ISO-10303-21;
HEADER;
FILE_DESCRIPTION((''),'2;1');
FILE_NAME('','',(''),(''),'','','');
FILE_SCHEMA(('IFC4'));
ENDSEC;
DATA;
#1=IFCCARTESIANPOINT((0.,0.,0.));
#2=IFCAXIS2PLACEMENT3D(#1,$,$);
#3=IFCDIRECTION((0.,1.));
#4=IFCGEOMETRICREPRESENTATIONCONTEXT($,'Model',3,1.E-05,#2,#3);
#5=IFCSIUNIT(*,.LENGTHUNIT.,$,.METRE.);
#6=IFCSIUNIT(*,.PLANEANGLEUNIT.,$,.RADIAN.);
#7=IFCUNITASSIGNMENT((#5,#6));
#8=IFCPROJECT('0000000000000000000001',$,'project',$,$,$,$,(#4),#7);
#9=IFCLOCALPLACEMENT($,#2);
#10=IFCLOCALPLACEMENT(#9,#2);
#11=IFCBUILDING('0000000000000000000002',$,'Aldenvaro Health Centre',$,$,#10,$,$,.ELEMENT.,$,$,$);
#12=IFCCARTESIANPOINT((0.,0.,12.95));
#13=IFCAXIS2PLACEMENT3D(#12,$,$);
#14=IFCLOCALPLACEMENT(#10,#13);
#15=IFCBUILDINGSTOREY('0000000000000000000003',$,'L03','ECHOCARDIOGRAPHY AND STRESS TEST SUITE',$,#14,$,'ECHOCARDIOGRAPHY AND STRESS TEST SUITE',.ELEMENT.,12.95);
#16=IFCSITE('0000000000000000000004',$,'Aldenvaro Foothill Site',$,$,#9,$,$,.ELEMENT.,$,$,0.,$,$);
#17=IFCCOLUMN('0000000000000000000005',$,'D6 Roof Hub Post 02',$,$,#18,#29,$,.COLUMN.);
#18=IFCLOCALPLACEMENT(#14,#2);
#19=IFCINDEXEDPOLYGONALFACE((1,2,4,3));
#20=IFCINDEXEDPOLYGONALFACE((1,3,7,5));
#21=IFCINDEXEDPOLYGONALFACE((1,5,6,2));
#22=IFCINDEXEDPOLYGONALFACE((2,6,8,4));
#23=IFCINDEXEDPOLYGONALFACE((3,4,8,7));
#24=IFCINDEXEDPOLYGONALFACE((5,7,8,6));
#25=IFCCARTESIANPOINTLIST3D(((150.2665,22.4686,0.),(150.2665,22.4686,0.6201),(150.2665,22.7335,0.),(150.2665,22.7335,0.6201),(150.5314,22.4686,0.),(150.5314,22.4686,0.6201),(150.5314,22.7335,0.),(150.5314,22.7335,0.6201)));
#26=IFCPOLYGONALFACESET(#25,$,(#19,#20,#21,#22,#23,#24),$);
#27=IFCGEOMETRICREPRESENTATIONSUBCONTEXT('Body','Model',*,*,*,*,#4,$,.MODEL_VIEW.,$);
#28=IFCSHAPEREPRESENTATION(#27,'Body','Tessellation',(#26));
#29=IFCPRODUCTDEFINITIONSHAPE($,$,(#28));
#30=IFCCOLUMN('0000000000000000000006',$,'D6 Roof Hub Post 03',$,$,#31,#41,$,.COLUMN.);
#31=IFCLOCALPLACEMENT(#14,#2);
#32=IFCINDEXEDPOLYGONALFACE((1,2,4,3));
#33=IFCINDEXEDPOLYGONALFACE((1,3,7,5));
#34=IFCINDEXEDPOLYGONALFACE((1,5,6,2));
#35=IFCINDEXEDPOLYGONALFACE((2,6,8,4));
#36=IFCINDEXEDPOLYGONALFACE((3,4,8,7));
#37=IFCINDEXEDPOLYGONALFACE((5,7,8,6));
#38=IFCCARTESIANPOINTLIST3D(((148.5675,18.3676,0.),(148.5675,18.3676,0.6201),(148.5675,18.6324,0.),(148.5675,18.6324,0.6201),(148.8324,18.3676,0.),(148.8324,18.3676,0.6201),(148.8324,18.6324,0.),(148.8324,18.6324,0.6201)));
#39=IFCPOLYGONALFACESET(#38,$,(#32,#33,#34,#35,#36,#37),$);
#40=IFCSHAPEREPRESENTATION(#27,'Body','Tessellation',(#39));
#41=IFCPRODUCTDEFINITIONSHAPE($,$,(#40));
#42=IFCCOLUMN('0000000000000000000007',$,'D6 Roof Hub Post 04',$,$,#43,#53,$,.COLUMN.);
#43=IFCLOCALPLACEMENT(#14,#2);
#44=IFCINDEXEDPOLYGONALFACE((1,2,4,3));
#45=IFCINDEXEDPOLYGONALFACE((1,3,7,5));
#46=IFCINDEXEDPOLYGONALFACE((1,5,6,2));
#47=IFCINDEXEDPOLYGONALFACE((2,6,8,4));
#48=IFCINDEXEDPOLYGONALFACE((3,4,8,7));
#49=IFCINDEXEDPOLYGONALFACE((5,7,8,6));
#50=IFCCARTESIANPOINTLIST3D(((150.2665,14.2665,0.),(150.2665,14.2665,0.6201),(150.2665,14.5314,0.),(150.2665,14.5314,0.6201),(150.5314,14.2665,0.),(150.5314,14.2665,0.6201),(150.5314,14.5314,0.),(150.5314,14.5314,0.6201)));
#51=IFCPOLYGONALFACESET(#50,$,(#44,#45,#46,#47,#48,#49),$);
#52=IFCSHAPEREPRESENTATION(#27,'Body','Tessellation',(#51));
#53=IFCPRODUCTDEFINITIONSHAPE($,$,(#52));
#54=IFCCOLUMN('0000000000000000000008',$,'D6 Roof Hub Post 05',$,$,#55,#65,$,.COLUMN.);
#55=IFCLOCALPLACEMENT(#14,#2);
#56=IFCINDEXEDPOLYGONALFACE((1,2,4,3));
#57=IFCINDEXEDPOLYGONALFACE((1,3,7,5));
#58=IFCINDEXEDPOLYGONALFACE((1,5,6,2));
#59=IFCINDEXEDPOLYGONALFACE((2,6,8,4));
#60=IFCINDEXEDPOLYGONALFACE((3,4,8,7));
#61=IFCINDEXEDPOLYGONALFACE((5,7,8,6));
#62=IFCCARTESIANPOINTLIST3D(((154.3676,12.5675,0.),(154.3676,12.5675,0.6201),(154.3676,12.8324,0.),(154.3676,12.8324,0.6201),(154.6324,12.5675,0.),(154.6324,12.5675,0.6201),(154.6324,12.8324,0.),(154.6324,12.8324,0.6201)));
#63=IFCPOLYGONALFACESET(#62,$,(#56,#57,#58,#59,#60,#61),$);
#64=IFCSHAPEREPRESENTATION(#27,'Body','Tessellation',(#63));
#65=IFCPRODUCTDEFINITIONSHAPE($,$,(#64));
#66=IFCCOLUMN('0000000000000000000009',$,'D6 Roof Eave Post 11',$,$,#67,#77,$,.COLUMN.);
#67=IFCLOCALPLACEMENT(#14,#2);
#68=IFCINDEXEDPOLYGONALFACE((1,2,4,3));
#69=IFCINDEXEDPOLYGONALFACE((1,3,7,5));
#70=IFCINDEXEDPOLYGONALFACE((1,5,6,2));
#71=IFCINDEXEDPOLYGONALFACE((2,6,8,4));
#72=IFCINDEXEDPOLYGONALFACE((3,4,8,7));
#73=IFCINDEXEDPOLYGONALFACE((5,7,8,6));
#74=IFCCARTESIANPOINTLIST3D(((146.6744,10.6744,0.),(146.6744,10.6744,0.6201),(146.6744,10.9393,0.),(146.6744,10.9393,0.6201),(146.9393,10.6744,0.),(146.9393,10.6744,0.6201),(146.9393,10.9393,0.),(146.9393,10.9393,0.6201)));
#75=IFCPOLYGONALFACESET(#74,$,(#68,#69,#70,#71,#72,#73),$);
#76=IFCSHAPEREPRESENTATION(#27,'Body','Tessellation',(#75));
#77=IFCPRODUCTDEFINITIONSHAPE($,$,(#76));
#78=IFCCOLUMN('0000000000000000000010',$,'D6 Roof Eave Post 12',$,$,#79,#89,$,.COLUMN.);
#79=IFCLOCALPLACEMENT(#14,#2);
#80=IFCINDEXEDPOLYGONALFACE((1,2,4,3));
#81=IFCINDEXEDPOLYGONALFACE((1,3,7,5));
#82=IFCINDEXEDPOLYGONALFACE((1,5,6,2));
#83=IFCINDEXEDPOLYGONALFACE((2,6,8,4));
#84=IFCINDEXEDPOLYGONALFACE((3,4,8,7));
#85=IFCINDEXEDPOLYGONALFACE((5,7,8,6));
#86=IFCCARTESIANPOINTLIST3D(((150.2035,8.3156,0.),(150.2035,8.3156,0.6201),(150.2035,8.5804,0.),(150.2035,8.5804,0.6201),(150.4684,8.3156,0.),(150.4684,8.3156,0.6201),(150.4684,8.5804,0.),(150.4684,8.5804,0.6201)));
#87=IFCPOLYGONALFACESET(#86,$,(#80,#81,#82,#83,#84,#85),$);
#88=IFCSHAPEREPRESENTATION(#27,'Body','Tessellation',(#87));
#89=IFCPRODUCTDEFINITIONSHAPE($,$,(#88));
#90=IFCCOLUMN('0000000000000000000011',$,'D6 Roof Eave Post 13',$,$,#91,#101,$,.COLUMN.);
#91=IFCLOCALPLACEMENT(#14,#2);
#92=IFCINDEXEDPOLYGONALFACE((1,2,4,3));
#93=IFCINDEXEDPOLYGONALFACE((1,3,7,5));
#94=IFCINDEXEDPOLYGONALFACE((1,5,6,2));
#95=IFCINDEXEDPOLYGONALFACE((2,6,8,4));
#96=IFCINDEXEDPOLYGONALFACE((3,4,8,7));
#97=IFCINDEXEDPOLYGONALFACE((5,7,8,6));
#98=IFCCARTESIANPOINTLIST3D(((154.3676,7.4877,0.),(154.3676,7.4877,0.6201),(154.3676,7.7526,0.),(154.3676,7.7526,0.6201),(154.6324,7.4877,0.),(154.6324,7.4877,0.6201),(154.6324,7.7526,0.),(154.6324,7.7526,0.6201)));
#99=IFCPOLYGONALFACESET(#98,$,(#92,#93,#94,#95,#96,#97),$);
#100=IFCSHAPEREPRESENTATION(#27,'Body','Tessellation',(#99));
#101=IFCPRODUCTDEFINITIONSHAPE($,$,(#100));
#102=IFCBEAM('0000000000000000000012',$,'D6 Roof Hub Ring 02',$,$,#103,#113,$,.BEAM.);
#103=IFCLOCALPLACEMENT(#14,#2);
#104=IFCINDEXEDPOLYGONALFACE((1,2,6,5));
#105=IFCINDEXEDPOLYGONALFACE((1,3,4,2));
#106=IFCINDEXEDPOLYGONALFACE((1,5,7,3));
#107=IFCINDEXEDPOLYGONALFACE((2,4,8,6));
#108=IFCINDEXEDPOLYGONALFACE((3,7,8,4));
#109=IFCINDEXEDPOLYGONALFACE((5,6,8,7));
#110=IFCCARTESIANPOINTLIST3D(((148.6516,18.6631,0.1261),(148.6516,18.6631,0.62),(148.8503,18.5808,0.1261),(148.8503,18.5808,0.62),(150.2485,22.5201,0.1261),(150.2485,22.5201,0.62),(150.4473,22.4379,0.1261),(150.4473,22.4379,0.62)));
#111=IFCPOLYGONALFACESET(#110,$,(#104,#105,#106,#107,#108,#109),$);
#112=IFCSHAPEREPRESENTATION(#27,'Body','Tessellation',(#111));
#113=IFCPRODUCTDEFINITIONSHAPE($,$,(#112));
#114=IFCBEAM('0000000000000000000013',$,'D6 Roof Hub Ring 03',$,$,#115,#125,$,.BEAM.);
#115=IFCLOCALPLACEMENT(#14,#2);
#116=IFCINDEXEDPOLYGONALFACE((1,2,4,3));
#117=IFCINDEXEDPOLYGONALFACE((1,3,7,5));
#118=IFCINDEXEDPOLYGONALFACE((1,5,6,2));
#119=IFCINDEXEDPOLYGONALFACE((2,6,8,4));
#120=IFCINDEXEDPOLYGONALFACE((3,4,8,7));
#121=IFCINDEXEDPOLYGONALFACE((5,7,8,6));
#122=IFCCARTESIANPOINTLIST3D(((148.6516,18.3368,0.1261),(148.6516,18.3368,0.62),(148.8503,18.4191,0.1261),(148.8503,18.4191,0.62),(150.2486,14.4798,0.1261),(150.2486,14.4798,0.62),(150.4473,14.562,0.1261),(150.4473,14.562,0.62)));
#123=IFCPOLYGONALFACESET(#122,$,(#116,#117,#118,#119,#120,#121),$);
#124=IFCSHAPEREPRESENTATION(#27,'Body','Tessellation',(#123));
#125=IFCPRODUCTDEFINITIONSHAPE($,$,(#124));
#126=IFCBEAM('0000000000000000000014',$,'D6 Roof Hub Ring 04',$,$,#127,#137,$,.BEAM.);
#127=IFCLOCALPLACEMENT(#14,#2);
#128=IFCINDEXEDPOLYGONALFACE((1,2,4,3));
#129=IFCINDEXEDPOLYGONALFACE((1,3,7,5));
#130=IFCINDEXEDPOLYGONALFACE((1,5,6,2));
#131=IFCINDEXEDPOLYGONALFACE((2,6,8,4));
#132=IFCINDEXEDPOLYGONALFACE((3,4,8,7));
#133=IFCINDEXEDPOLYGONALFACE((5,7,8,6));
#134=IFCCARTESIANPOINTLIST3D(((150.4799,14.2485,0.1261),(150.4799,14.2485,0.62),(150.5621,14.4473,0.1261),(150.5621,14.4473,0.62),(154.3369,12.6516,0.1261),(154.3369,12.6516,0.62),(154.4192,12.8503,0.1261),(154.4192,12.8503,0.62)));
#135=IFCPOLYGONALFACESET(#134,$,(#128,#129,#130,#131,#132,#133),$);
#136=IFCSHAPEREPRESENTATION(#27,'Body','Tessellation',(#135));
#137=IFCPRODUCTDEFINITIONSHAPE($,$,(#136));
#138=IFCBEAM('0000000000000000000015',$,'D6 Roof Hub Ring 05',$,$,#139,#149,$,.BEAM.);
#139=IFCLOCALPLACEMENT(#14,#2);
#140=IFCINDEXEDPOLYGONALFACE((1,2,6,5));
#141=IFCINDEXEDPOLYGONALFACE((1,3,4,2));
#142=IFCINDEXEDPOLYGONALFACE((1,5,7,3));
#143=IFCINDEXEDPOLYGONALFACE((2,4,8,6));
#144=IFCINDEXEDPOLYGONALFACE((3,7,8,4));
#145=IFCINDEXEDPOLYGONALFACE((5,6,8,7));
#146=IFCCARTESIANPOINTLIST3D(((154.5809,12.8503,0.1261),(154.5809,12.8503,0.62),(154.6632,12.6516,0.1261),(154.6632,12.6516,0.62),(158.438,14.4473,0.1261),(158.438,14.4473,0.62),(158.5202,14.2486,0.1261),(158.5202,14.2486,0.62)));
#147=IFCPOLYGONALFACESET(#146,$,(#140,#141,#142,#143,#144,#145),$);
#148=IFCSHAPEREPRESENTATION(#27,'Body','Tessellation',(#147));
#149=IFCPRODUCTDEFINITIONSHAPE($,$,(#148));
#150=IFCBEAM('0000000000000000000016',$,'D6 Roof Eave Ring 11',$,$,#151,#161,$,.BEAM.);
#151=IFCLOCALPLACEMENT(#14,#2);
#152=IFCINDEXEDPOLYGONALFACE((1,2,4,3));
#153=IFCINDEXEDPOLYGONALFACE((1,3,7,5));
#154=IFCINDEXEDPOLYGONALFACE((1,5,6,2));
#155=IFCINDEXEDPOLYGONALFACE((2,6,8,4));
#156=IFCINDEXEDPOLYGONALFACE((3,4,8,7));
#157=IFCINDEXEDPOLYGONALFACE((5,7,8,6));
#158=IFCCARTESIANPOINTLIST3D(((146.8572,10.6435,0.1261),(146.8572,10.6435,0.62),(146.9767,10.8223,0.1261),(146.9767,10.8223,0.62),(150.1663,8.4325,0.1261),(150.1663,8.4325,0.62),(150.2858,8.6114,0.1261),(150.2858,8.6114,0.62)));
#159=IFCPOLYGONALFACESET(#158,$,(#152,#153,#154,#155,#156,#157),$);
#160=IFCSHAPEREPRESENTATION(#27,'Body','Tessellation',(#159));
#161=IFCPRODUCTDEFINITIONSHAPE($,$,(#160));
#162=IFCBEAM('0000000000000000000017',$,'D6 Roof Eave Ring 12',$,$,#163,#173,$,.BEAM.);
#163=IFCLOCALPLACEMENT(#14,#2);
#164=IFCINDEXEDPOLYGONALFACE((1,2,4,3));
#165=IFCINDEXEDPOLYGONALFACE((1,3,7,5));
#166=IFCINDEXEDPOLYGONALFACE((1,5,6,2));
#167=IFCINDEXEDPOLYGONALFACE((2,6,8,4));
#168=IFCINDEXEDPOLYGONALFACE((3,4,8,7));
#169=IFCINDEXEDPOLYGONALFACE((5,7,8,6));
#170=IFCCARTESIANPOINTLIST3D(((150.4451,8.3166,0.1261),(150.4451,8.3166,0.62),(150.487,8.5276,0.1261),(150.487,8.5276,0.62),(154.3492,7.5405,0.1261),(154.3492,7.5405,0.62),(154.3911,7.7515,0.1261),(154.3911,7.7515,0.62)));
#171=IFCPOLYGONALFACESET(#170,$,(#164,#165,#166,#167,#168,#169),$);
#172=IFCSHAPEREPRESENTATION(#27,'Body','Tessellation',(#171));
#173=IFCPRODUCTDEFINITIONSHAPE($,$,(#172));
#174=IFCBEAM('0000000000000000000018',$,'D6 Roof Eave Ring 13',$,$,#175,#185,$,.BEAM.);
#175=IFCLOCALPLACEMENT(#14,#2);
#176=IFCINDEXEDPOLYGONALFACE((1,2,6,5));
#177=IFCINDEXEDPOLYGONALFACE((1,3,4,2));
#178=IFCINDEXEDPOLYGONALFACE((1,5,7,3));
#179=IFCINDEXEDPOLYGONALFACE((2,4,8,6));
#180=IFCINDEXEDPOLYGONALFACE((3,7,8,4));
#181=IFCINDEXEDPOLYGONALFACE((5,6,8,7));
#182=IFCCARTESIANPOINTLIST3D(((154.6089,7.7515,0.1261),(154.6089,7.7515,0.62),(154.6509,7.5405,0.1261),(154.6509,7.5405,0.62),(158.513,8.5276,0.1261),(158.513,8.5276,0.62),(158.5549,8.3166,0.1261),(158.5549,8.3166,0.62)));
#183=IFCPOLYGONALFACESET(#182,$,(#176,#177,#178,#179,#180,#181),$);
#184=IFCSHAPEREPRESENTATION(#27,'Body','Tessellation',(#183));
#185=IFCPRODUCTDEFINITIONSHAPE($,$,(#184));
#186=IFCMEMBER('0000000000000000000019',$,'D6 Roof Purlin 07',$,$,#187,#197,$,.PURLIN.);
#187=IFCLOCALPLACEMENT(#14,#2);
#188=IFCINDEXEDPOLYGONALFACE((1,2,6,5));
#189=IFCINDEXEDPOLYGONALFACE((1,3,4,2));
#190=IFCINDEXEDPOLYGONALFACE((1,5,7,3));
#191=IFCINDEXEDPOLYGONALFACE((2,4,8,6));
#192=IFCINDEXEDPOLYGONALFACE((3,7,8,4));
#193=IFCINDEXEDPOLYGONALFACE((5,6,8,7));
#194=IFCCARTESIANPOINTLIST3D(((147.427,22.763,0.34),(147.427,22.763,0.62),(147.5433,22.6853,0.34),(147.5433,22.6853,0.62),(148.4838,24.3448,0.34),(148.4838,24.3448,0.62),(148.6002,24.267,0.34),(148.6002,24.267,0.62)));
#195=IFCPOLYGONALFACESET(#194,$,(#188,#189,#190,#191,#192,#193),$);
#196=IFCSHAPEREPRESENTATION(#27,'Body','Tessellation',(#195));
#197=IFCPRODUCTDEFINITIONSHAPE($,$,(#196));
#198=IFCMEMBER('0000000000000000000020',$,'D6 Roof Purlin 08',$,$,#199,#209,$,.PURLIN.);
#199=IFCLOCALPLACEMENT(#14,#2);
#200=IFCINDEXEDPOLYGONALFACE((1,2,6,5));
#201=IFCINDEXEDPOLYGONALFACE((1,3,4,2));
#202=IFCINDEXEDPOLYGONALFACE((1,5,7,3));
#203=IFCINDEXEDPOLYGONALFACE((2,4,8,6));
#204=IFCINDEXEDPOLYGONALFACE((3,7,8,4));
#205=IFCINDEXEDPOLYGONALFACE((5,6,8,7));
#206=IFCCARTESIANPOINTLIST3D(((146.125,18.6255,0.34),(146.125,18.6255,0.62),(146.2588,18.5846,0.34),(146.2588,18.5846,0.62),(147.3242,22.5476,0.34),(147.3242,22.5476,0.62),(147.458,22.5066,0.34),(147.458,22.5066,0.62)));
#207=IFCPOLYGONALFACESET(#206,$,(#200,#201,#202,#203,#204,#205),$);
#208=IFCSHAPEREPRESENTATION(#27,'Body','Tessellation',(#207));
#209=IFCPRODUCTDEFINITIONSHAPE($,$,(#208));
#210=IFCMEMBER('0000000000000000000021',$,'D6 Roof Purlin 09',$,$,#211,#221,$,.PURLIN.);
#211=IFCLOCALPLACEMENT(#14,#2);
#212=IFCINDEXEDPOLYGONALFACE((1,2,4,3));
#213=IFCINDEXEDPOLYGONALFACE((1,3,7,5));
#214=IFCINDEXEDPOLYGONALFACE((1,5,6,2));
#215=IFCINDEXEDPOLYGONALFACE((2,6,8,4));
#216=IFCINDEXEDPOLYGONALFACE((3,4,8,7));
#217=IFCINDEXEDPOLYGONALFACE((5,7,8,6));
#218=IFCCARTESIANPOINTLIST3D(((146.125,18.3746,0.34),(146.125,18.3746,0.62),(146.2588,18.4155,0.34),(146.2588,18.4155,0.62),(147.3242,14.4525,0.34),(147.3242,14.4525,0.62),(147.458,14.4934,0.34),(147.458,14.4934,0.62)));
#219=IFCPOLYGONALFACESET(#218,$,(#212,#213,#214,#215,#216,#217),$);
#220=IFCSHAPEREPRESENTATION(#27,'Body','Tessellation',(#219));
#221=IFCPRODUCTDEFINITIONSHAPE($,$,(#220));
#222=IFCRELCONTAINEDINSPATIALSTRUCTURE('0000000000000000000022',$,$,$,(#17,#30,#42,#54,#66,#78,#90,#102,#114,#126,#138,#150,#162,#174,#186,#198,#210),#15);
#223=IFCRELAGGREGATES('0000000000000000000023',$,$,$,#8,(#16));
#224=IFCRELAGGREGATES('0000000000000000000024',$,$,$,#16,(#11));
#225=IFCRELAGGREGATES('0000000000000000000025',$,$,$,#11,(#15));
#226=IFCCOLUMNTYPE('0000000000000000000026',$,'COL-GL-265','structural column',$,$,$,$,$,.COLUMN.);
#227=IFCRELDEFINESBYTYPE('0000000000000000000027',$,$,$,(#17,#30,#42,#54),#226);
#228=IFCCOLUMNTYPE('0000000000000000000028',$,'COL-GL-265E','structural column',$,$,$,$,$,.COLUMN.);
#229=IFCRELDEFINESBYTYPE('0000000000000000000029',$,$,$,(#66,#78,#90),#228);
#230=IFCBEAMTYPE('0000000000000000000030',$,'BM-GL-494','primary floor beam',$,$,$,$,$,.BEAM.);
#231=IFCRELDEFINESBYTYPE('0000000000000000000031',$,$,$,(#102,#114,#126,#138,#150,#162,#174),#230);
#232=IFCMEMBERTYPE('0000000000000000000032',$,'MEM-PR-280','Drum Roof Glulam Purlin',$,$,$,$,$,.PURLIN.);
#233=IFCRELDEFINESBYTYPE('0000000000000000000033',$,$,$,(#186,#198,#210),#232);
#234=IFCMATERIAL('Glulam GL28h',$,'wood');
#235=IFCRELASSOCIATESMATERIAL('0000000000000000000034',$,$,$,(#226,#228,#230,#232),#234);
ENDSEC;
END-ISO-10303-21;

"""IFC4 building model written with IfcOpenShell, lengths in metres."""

from ifc_helpers import new_model, si_unit, direction, frame, origin, origin_2d, place, context, subcontext, project, spatial, rectangle, extrude, material, material_profile, profile_set, type_object, element, save


model = new_model("IFC4")

# Units and contexts
model_context = context("Model", 3, precision=1e-05, world=origin(), true_north=direction((0.0, 1.0)))
body_context = subcontext(model_context, "Body", "Model", "MODEL_VIEW")
ifc_project = project(units=[si_unit("LENGTHUNIT", "METRE"), si_unit("PLANEANGLEUNIT", "RADIAN")], contexts=[model_context])

# Site, building, storey
site_placement = place(None, origin())
site = spatial("IfcSite", under=ifc_project, at=site_placement, Name="Aldenvaro Foothill Site", CompositionType="ELEMENT", RefElevation=0.0)
building_placement = place(site_placement, origin())
building = spatial("IfcBuilding", under=site, at=building_placement, Name="Aldenvaro Health Centre", CompositionType="ELEMENT")
storey_placement = place(building_placement, frame((0.0, 0.0, 12.95)))
storey = spatial("IfcBuildingStorey", under=building, at=storey_placement, Name="L03", Description="ECHOCARDIOGRAPHY AND STRESS TEST SUITE", LongName="ECHOCARDIOGRAPHY AND STRESS TEST SUITE", CompositionType="ELEMENT", Elevation=12.95)

# Columns
ifc_material_1 = material(Name="Glulam GL28h", Category="wood")
ifc_material_profile_1 = material_profile(ifc_material_1, rectangle(XDim=0.2649, YDim=0.2649, at=origin_2d()), Name="GL 265x265", Category="wood")
ifc_profile_set_1 = profile_set([ifc_material_profile_1], Name="Glulam GL28h")
column_type_1 = type_object("IfcColumnType", Name="COL-GL-265", Description="structural column", PredefinedType="COLUMN", material=ifc_profile_set_1)
for number, where, z_axis, x_axis, name in (
    (1, (150.3989, 22.6011, 0.0), (0.0, 0.0, 1.0), (1.0, 0.0, 0.0), "D6 Roof Hub Post 02"),
    (2, (148.7, 18.5, 0.0), (0.0, 0.0, 1.0), (1.0, 0.0, 0.0), "D6 Roof Hub Post 03"),
    (3, (150.3989, 14.3989, 0.0), (0.0, 0.0, 1.0), (1.0, 0.0, 0.0), "D6 Roof Hub Post 04"),
    (4, (154.5, 12.7, 0.0), (0.0, 0.0, 1.0), (1.0, 0.0, 0.0), "D6 Roof Hub Post 05"),
):
    element("IfcColumn", number, at=place(storey_placement, frame(where, z_axis=z_axis, x_axis=x_axis)), inside=storey, type_object=column_type_1, Name=name, PredefinedType="COLUMN", context=body_context, shape_type="SweptSolid", body=[
        extrude(rectangle(XDim=0.2649, YDim=0.2649, at=origin_2d()), origin(), (0.0, 0.0, 1.0), 0.6201),
    ])
ifc_material_profile_2 = material_profile(ifc_material_1, rectangle(XDim=0.2649, YDim=0.2649, at=origin_2d()), Name="GL 265x265", Category="wood")
ifc_profile_set_2 = profile_set([ifc_material_profile_2], Name="Glulam GL28h")
column_type_2 = type_object("IfcColumnType", Name="COL-GL-265E", Description="structural column", PredefinedType="COLUMN", material=ifc_profile_set_2)
for number, where, z_axis, x_axis, name in (
    (5, (146.8069, 10.8069, 0.0), (0.0, 0.0, 1.0), (1.0, 0.0, 0.0), "D6 Roof Eave Post 11"),
    (6, (150.3359, 8.448, 0.0), (0.0, 0.0, 1.0), (1.0, 0.0, 0.0), "D6 Roof Eave Post 12"),
    (7, (154.5, 7.6201, 0.0), (0.0, 0.0, 1.0), (1.0, 0.0, 0.0), "D6 Roof Eave Post 13"),
):
    element("IfcColumn", number, at=place(storey_placement, frame(where, z_axis=z_axis, x_axis=x_axis)), inside=storey, type_object=column_type_2, Name=name, PredefinedType="COLUMN", context=body_context, shape_type="SweptSolid", body=[
        extrude(rectangle(XDim=0.2649, YDim=0.2649, at=origin_2d()), origin(), (0.0, 0.0, 1.0), 0.6201),
    ])

# Beams
ifc_material_profile_3 = material_profile(ifc_material_1, rectangle(XDim=0.2151, YDim=0.4939, at=origin_2d()), Name="GL 215x494", Category="wood")
ifc_profile_set_3 = profile_set([ifc_material_profile_3], Name="Glulam GL28h")
beam_type = type_object("IfcBeamType", Name="BM-GL-494", Description="primary floor beam", PredefinedType="BEAM", material=ifc_profile_set_3)
for number, where, z_axis, x_axis, name in (
    (8, (150.3479, 22.479, 0.373), (-0.382546, -0.923936, 0.0), (0.923936, -0.382546, 0.0), "D6 Roof Hub Ring 02"),
    (9, (148.751, 18.3779, 0.373), (0.382546, -0.923936, 0.0), (0.923936, 0.382546, 0.0), "D6 Roof Hub Ring 03"),
    (10, (150.521, 14.3479, 0.373), (0.923936, -0.382546, 0.0), (0.382546, 0.923936, 0.0), "D6 Roof Hub Ring 04"),
    (11, (154.6221, 12.751, 0.373), (0.923936, 0.382546, 0.0), (-0.382546, 0.923936, 0.0), "D6 Roof Hub Ring 05"),
):
    element("IfcBeam", number, at=place(storey_placement, frame(where, z_axis=z_axis, x_axis=x_axis)), inside=storey, type_object=beam_type, Name=name, PredefinedType="BEAM", context=body_context, shape_type="SweptSolid", body=[
        extrude(rectangle(XDim=0.2151, YDim=0.4939, at=origin_2d()), origin(), (0.0, 0.0, 1.0), 4.1746),
    ])
beam_placement = place(storey_placement, frame((146.917, 10.7329, 0.373), z_axis=(0.831484, -0.555549, 0.0), x_axis=(0.555549, 0.831484, 0.0)))
element("IfcBeam", 12, at=beam_placement, inside=storey, type_object=beam_type, Name="D6 Roof Eave Ring 11", PredefinedType="BEAM", context=body_context, shape_type="SweptSolid", body=[
    extrude(rectangle(XDim=0.2151, YDim=0.4939, at=origin_2d()), origin(), (0.0, 0.0, 1.0), 3.9797),
])
for number, where, z_axis, x_axis, name in (
    (13, (150.4661, 8.4221, 0.373), (0.980806, -0.194984, 0.0), (0.194984, 0.980806, 0.0), "D6 Roof Eave Ring 12"),
    (14, (154.6299, 7.646, 0.373), (0.980806, 0.194984, 0.0), (-0.194984, 0.980806, 0.0), "D6 Roof Eave Ring 13"),
):
    element("IfcBeam", number, at=place(storey_placement, frame(where, z_axis=z_axis, x_axis=x_axis)), inside=storey, type_object=beam_type, Name=name, PredefinedType="BEAM", context=body_context, shape_type="SweptSolid", body=[
        extrude(rectangle(XDim=0.2151, YDim=0.4939, at=origin_2d()), origin(), (0.0, 0.0, 1.0), 3.9805),
    ])

# Members
ifc_material_profile_4 = material_profile(ifc_material_1, rectangle(XDim=0.1399, YDim=0.28, at=origin_2d()), Name="GL 140x280", Category="wood")
ifc_profile_set_4 = profile_set([ifc_material_profile_4], Name="Glulam GL28h")
member_type_1 = type_object("IfcMemberType", Name="MEM-PR-280", Description="Drum Roof Glulam Purlin", PredefinedType="PURLIN", material=ifc_profile_set_4)
member_1_placement = place(storey_placement, frame((148.542, 24.3059, 0.48), z_axis=(-0.555559, -0.831477, 0.0), x_axis=(0.831477, -0.555559, 0.0)))
element("IfcMember", 15, at=member_1_placement, inside=storey, type_object=member_type_1, Name="D6 Roof Purlin 07", PredefinedType="PURLIN", context=body_context, shape_type="SweptSolid", body=[
    extrude(rectangle(XDim=0.1399, YDim=0.28, at=origin_2d()), origin(), (0.0, 0.0, 1.0), 1.9023),
])
for number, where, z_axis, x_axis, name in (
    (16, (147.3911, 22.5271, 0.48), (-0.292395, -0.956297, 0.0), (0.956297, -0.292395, 0.0), "D6 Roof Purlin 08"),
    (17, (146.1919, 18.395, 0.48), (0.292395, -0.956297, 0.0), (0.956297, 0.292395, 0.0), "D6 Roof Purlin 09"),
):
    element("IfcMember", number, at=place(storey_placement, frame(where, z_axis=z_axis, x_axis=x_axis)), inside=storey, type_object=member_type_1, Name=name, PredefinedType="PURLIN", context=body_context, shape_type="SweptSolid", body=[
        extrude(rectangle(XDim=0.1399, YDim=0.28, at=origin_2d()), origin(), (0.0, 0.0, 1.0), 4.1013),
    ])

save(model, "model.ifc")
